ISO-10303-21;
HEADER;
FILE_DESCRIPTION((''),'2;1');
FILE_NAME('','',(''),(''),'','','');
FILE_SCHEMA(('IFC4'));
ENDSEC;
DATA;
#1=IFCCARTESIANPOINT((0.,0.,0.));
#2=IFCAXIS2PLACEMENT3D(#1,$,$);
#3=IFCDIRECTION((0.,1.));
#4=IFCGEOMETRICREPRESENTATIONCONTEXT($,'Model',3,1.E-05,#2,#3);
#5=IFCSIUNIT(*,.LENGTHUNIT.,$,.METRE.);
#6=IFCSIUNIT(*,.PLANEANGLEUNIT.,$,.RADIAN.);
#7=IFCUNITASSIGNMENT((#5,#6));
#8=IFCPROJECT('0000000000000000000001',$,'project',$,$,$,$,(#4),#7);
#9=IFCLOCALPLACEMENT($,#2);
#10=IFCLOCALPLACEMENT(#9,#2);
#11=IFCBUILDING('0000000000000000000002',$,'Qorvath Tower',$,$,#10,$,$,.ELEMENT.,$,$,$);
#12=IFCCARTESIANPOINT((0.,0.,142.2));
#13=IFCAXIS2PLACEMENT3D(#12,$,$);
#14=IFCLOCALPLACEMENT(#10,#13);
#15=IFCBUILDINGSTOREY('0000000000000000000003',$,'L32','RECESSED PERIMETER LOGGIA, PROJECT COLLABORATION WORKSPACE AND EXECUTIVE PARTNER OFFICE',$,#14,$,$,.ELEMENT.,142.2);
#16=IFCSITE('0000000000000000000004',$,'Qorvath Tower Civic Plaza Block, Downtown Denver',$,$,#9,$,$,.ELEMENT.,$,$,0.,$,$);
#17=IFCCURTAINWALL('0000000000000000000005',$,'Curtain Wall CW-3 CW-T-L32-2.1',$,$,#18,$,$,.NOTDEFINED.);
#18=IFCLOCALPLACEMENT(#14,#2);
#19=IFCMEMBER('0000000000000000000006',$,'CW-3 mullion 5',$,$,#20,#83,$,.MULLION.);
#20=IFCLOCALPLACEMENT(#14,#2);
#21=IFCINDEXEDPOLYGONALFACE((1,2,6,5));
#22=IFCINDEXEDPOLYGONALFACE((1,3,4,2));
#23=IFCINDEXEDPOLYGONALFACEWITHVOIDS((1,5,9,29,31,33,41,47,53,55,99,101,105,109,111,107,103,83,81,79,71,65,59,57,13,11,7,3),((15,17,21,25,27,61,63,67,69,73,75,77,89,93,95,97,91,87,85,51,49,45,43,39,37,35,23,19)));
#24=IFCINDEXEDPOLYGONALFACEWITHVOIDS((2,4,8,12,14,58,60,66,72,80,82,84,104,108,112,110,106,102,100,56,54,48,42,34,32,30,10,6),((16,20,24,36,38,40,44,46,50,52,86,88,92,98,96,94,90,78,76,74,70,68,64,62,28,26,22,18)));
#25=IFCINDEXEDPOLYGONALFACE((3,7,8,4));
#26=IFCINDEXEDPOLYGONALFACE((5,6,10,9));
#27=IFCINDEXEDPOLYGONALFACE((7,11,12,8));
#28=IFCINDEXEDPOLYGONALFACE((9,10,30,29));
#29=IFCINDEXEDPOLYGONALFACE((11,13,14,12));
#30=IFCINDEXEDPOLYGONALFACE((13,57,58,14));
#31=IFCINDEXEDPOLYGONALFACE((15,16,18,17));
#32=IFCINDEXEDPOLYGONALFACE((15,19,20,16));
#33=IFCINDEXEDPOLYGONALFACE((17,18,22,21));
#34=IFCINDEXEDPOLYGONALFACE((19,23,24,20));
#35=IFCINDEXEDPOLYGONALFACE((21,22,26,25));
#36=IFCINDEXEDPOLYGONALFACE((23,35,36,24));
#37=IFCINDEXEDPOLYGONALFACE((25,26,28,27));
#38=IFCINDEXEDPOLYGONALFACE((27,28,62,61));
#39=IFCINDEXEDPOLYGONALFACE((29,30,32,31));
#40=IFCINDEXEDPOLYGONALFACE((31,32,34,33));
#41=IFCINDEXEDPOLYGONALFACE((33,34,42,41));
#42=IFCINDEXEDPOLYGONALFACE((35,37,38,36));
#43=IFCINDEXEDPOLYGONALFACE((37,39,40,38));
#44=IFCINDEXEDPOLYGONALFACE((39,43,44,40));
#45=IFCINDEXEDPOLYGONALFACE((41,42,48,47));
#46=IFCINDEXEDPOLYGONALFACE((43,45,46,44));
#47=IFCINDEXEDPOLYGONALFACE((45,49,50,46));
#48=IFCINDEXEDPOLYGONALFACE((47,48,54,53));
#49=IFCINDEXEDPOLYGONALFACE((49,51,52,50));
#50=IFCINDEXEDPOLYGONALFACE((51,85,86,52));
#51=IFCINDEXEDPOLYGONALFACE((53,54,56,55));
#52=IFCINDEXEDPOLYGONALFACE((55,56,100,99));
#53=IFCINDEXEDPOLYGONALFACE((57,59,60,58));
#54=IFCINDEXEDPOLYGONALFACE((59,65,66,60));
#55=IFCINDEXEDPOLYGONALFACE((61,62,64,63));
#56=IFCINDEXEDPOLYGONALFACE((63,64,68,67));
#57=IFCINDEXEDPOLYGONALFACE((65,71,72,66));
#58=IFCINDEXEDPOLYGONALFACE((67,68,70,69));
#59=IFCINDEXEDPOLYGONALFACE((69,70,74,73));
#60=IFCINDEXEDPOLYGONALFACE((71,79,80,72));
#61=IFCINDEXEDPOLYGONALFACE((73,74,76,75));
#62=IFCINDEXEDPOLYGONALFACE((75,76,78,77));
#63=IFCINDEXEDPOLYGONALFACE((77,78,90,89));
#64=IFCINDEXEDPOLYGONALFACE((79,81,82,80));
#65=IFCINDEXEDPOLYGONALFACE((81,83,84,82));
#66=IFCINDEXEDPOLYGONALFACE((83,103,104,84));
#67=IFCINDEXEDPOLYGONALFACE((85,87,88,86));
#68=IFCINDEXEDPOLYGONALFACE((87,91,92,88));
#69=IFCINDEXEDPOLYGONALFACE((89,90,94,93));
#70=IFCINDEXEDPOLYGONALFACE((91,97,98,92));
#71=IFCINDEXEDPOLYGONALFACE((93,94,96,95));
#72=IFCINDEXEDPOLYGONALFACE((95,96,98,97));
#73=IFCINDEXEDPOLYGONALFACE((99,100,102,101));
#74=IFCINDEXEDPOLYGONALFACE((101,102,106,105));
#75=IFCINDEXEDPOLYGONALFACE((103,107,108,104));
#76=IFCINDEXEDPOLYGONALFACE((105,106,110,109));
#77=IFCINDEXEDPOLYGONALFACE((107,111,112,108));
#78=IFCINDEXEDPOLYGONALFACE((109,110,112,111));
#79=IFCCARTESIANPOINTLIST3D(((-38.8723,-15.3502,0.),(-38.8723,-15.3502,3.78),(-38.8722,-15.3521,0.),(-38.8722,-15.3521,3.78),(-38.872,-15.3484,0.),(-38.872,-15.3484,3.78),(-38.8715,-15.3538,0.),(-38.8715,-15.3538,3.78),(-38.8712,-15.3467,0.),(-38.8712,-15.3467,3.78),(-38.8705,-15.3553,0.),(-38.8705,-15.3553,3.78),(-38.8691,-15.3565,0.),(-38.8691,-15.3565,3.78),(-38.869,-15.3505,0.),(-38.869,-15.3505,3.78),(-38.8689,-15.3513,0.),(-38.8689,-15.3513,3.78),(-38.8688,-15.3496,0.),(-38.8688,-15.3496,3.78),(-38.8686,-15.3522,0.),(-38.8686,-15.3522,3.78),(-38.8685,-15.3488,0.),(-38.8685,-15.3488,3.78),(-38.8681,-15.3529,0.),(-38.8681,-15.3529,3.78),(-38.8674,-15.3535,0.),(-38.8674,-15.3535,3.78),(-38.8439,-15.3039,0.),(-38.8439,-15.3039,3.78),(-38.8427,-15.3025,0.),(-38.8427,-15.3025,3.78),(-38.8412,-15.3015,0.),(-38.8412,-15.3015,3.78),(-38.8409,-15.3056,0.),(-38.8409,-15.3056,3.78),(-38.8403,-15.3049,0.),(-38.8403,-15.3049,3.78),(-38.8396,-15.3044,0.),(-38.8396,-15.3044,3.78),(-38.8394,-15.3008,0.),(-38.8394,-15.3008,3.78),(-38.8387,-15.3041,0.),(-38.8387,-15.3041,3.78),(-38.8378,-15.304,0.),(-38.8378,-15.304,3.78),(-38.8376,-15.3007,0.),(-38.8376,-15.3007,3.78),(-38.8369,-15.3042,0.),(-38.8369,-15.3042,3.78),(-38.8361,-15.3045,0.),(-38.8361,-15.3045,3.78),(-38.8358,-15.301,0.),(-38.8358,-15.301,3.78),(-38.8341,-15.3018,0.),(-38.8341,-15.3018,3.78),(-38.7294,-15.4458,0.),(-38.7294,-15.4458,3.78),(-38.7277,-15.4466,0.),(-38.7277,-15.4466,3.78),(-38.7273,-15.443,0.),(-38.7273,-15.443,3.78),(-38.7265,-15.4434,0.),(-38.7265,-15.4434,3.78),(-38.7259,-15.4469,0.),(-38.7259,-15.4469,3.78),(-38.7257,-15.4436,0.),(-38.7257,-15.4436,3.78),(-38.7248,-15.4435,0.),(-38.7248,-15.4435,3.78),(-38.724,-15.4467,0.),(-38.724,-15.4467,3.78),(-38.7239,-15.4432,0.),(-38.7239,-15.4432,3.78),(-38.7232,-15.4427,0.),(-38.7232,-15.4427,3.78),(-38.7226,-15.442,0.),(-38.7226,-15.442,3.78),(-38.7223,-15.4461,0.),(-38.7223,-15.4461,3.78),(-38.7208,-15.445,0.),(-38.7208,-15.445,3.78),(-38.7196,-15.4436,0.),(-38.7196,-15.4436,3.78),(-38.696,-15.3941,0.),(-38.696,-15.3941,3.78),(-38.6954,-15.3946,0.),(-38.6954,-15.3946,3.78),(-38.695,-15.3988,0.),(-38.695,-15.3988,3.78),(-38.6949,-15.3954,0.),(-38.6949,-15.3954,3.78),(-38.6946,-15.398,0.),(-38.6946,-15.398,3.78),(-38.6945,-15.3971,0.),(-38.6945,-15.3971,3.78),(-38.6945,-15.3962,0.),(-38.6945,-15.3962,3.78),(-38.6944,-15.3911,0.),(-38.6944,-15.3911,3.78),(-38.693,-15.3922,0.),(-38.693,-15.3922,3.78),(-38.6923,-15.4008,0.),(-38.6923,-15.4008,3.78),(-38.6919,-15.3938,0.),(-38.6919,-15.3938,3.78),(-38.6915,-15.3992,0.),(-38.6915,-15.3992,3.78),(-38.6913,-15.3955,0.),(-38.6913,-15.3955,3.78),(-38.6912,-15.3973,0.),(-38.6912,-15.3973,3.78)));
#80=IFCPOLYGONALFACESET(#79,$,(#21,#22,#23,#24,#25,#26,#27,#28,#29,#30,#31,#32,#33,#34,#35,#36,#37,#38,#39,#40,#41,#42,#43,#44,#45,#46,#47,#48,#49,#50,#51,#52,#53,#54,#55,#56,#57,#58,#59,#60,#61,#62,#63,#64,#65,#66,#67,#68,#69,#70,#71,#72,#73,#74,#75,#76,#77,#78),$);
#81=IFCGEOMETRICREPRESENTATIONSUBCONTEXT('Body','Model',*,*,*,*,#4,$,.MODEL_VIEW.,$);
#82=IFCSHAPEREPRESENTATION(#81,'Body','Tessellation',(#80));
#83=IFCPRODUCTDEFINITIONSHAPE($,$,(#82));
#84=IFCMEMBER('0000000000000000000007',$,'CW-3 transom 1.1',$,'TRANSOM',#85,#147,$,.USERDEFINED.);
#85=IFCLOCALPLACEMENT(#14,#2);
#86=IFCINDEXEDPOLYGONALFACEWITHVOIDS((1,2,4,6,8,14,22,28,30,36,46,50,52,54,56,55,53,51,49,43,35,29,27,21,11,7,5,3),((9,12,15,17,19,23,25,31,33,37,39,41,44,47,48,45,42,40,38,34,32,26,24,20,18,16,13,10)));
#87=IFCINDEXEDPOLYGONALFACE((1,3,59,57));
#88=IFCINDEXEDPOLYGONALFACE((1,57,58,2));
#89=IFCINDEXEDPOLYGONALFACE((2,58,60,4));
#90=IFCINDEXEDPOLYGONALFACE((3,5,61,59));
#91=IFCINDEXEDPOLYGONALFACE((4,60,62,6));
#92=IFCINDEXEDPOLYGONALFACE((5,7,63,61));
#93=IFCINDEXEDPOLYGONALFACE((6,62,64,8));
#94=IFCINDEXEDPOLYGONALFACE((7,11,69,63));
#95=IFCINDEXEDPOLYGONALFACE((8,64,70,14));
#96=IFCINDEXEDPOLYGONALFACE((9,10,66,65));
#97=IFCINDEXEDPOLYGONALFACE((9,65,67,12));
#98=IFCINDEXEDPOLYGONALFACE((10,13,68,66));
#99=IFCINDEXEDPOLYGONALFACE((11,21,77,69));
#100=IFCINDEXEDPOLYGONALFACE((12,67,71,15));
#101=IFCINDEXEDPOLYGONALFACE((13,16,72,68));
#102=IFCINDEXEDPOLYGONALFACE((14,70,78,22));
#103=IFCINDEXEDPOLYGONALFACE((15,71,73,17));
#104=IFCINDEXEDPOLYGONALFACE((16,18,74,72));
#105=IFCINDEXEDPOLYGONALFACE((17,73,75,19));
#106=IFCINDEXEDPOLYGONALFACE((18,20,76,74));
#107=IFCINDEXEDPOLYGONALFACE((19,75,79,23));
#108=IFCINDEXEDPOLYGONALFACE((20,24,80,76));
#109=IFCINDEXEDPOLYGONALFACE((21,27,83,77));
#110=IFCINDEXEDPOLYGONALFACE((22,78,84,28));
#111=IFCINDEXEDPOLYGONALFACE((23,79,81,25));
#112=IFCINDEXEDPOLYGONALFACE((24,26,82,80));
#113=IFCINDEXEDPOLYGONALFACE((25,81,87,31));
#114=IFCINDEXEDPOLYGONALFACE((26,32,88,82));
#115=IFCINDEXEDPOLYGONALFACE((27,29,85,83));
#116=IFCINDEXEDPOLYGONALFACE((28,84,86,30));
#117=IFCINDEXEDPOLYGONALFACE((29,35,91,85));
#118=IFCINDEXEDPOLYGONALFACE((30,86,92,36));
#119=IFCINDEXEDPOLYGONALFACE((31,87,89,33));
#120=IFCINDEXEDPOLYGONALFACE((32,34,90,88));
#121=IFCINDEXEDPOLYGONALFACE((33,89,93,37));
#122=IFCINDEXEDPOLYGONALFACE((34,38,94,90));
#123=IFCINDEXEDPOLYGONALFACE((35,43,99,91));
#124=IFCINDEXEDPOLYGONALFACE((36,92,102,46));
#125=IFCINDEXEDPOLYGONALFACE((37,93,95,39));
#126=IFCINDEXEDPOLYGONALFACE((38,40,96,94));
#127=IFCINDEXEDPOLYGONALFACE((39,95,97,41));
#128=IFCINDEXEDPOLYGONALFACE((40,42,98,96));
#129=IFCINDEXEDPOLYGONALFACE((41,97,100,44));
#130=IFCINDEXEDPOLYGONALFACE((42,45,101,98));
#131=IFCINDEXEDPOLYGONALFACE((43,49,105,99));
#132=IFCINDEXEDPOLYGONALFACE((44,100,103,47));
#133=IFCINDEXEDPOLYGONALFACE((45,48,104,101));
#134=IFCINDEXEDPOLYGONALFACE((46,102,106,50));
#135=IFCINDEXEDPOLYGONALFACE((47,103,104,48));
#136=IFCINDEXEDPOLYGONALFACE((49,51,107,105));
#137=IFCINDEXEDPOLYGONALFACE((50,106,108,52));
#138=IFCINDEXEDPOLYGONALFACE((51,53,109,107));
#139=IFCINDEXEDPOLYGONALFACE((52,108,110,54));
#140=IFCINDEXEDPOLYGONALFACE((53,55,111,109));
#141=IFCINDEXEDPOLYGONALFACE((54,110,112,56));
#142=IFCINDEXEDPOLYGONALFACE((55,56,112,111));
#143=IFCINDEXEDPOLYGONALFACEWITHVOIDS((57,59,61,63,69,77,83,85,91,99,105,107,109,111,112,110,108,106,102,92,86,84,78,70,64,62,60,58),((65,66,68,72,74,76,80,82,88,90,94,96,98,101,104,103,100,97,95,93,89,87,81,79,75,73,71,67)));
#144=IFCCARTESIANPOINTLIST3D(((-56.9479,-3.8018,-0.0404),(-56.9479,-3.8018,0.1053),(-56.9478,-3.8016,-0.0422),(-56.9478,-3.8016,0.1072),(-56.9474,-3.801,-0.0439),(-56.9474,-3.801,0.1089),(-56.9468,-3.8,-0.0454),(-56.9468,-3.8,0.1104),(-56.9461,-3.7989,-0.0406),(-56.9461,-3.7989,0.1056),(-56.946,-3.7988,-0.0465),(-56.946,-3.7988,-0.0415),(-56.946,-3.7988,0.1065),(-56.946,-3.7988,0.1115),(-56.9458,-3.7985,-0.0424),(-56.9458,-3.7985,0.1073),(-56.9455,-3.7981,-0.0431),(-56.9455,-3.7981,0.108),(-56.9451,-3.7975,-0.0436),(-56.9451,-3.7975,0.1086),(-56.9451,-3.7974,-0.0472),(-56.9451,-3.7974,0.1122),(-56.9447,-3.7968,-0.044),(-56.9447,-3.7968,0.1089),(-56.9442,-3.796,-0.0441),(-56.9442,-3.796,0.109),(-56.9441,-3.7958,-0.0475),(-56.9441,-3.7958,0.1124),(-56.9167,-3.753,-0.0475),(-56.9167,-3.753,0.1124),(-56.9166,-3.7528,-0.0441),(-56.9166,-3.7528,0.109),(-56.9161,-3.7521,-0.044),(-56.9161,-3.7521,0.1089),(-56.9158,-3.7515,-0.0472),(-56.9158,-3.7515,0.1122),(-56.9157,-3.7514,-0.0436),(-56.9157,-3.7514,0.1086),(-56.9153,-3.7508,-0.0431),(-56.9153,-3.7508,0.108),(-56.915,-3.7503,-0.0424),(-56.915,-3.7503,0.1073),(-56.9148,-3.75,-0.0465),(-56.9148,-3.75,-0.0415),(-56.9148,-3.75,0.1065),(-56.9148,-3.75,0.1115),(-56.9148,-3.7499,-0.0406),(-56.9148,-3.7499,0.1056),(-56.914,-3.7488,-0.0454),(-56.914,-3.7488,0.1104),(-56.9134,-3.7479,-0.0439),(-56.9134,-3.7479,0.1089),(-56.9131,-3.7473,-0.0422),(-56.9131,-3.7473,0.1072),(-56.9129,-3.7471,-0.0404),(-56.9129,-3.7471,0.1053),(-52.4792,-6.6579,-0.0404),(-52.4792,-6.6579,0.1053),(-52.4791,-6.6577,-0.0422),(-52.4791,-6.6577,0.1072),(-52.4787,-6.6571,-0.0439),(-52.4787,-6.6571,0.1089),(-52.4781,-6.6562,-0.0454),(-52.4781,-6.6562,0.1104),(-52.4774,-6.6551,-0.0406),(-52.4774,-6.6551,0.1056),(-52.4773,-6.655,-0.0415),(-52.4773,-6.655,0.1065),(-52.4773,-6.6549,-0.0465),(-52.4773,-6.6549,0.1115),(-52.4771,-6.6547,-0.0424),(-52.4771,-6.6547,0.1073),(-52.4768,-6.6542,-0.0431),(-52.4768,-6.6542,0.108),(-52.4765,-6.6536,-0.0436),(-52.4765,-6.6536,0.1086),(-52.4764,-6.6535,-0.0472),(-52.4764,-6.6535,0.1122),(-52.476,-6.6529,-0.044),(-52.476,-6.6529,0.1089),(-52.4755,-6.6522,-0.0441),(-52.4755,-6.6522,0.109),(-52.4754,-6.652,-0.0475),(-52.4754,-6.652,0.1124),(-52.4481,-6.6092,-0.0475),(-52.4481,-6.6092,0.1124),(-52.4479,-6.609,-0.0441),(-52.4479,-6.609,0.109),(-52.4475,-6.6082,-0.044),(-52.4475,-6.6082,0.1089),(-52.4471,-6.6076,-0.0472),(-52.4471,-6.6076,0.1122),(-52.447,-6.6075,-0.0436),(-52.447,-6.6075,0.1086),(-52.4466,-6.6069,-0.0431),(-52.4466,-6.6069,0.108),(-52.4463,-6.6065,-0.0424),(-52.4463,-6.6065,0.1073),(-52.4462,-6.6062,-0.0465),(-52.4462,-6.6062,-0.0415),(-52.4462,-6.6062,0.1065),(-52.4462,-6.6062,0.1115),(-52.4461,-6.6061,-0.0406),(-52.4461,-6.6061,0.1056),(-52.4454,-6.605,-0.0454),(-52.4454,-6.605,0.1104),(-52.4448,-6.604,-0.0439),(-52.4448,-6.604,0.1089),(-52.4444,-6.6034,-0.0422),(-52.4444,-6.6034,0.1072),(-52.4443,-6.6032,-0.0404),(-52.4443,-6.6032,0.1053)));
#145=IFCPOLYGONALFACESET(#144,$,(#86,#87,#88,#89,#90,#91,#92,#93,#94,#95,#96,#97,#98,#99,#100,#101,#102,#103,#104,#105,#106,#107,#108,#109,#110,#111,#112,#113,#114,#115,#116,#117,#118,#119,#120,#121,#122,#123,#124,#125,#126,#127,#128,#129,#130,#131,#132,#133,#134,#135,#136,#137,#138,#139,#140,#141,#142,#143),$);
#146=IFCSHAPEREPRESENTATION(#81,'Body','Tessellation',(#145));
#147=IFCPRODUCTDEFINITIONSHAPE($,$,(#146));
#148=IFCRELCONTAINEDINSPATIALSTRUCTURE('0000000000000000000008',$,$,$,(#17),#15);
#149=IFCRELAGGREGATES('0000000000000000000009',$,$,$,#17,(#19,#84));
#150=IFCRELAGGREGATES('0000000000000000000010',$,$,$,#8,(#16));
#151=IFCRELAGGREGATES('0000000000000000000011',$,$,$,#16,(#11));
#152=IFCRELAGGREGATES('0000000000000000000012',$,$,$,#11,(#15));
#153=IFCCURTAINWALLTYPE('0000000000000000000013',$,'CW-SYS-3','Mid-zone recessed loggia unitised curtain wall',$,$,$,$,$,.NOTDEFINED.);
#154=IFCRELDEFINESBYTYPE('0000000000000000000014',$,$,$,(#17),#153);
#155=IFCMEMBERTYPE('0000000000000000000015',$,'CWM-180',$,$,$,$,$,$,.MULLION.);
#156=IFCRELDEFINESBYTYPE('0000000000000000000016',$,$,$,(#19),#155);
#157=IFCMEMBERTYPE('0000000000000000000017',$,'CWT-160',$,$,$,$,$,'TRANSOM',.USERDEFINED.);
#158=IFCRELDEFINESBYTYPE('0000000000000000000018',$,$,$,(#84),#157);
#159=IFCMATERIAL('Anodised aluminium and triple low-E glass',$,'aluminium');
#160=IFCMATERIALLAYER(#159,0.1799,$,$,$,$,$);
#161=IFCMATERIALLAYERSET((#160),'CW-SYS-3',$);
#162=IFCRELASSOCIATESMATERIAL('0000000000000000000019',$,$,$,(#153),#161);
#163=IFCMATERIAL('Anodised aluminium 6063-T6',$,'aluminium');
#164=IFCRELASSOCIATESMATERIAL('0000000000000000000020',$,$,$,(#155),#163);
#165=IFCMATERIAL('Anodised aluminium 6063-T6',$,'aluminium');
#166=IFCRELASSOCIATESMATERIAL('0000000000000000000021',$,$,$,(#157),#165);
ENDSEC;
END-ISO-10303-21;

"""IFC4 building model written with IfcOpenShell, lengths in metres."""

from ifc_helpers import new_model, si_unit, direction, frame, origin, origin_2d, place, context, subcontext, project, spatial, hollow_rectangle, extrude, material, layer, layer_set, material_profile, profile_set, type_object, element, aggregate, save


model = new_model("IFC4")

# Units and contexts
model_context = context("Model", 3, precision=1e-05, world=origin(), true_north=direction((0.0, 1.0)))
body_context = subcontext(model_context, "Body", "Model", "MODEL_VIEW")
ifc_project = project(units=[si_unit("LENGTHUNIT", "METRE"), si_unit("PLANEANGLEUNIT", "RADIAN")], contexts=[model_context])

# Site, building, storey
site_placement = place(None, origin())
site = spatial("IfcSite", under=ifc_project, at=site_placement, Name="Qorvath Tower Civic Plaza Block, Downtown Denver", CompositionType="ELEMENT", RefElevation=0.0)
building_placement = place(site_placement, origin())
building = spatial("IfcBuilding", under=site, at=building_placement, Name="Qorvath Tower", CompositionType="ELEMENT")
storey_placement = place(building_placement, frame((0.0, 0.0, 142.2)))
storey = spatial("IfcBuildingStorey", under=building, at=storey_placement, Name="L32", Description="RECESSED PERIMETER LOGGIA, PROJECT COLLABORATION WORKSPACE AND EXECUTIVE PARTNER OFFICE", CompositionType="ELEMENT", Elevation=142.2)

# Curtain wall, members
ifc_material_1 = material(Name="Anodised aluminium and triple low-E glass", Category="aluminium")
ifc_layer_1 = layer(ifc_material_1, 0.1799)
ifc_layer_set_1 = layer_set([ifc_layer_1], Name="CW-SYS-3")
curtain_wall_type = type_object("IfcCurtainWallType", Name="CW-SYS-3", Description="Mid-zone recessed loggia unitised curtain wall", PredefinedType="NOTDEFINED", material=ifc_layer_set_1)
curtain_wall_placement = place(storey_placement, origin())
curtain_wall = element("IfcCurtainWall", 1, at=curtain_wall_placement, inside=storey, type_object=curtain_wall_type, Name="Curtain Wall CW-3 CW-T-L32-2.1", PredefinedType="NOTDEFINED")
ifc_material_2 = material(Name="Anodised aluminium 6063-T6", Category="aluminium")
ifc_material_profile_1 = material_profile(ifc_material_2, hollow_rectangle(XDim=0.0649, YDim=0.1799, WallThickness=0.0034, InnerFilletRadius=0.0034, OuterFilletRadius=0.0071, at=origin_2d()), Name="CWM 180x65")
ifc_profile_set_1 = profile_set([ifc_material_profile_1], Name="Anodised aluminium 6063-T6")
member_type_1 = type_object("IfcMemberType", Name="CWM-180", PredefinedType="MULLION", material=ifc_profile_set_1)
member_1_placement = place(storey_placement, frame((-38.7817, -15.3738, 0.0), z_axis=(0.0, 0.0, 1.0), x_axis=(0.538533, 0.842604, 0.0)))
member_1 = element("IfcMember", 2, at=member_1_placement, type_object=member_type_1, Name="CW-3 mullion 5", PredefinedType="MULLION", context=body_context, shape_type="SweptSolid", body=[
    extrude(hollow_rectangle(XDim=0.0649, YDim=0.1799, WallThickness=0.0034, InnerFilletRadius=0.0034, OuterFilletRadius=0.0071, at=origin_2d()), origin(), (0.0, 0.0, 1.0), 3.78),
])
ifc_material_3 = material(Name="Anodised aluminium 6063-T6", Category="aluminium")
ifc_material_profile_2 = material_profile(ifc_material_3, hollow_rectangle(XDim=0.0649, YDim=0.1599, WallThickness=0.0034, InnerFilletRadius=0.0034, OuterFilletRadius=0.0071, at=origin_2d()), Name="CWT 160x65")
ifc_profile_set_2 = profile_set([ifc_material_profile_2], Name="Anodised aluminium 6063-T6")
member_type_2 = type_object("IfcMemberType", Name="CWT-160", ElementType="TRANSOM", PredefinedType="USERDEFINED", material=ifc_profile_set_2)
member_2_placement = place(storey_placement, frame((-56.9304, -3.7744, 0.0325), z_axis=(0.842596, -0.538545, 0.0), x_axis=(0.538545, 0.842596, 0.0)))
member_2 = element("IfcMember", 3, at=member_2_placement, type_object=member_type_2, Name="CW-3 transom 1.1", ObjectType="TRANSOM", PredefinedType="USERDEFINED", context=body_context, shape_type="SweptSolid", body=[
    extrude(hollow_rectangle(XDim=0.0649, YDim=0.1599, WallThickness=0.0034, InnerFilletRadius=0.0034, OuterFilletRadius=0.0071, at=origin_2d()), origin(), (0.0, 0.0, 1.0), 5.3035),
])
aggregate(curtain_wall, [member_1, member_2])

save(model, "model.ifc")
